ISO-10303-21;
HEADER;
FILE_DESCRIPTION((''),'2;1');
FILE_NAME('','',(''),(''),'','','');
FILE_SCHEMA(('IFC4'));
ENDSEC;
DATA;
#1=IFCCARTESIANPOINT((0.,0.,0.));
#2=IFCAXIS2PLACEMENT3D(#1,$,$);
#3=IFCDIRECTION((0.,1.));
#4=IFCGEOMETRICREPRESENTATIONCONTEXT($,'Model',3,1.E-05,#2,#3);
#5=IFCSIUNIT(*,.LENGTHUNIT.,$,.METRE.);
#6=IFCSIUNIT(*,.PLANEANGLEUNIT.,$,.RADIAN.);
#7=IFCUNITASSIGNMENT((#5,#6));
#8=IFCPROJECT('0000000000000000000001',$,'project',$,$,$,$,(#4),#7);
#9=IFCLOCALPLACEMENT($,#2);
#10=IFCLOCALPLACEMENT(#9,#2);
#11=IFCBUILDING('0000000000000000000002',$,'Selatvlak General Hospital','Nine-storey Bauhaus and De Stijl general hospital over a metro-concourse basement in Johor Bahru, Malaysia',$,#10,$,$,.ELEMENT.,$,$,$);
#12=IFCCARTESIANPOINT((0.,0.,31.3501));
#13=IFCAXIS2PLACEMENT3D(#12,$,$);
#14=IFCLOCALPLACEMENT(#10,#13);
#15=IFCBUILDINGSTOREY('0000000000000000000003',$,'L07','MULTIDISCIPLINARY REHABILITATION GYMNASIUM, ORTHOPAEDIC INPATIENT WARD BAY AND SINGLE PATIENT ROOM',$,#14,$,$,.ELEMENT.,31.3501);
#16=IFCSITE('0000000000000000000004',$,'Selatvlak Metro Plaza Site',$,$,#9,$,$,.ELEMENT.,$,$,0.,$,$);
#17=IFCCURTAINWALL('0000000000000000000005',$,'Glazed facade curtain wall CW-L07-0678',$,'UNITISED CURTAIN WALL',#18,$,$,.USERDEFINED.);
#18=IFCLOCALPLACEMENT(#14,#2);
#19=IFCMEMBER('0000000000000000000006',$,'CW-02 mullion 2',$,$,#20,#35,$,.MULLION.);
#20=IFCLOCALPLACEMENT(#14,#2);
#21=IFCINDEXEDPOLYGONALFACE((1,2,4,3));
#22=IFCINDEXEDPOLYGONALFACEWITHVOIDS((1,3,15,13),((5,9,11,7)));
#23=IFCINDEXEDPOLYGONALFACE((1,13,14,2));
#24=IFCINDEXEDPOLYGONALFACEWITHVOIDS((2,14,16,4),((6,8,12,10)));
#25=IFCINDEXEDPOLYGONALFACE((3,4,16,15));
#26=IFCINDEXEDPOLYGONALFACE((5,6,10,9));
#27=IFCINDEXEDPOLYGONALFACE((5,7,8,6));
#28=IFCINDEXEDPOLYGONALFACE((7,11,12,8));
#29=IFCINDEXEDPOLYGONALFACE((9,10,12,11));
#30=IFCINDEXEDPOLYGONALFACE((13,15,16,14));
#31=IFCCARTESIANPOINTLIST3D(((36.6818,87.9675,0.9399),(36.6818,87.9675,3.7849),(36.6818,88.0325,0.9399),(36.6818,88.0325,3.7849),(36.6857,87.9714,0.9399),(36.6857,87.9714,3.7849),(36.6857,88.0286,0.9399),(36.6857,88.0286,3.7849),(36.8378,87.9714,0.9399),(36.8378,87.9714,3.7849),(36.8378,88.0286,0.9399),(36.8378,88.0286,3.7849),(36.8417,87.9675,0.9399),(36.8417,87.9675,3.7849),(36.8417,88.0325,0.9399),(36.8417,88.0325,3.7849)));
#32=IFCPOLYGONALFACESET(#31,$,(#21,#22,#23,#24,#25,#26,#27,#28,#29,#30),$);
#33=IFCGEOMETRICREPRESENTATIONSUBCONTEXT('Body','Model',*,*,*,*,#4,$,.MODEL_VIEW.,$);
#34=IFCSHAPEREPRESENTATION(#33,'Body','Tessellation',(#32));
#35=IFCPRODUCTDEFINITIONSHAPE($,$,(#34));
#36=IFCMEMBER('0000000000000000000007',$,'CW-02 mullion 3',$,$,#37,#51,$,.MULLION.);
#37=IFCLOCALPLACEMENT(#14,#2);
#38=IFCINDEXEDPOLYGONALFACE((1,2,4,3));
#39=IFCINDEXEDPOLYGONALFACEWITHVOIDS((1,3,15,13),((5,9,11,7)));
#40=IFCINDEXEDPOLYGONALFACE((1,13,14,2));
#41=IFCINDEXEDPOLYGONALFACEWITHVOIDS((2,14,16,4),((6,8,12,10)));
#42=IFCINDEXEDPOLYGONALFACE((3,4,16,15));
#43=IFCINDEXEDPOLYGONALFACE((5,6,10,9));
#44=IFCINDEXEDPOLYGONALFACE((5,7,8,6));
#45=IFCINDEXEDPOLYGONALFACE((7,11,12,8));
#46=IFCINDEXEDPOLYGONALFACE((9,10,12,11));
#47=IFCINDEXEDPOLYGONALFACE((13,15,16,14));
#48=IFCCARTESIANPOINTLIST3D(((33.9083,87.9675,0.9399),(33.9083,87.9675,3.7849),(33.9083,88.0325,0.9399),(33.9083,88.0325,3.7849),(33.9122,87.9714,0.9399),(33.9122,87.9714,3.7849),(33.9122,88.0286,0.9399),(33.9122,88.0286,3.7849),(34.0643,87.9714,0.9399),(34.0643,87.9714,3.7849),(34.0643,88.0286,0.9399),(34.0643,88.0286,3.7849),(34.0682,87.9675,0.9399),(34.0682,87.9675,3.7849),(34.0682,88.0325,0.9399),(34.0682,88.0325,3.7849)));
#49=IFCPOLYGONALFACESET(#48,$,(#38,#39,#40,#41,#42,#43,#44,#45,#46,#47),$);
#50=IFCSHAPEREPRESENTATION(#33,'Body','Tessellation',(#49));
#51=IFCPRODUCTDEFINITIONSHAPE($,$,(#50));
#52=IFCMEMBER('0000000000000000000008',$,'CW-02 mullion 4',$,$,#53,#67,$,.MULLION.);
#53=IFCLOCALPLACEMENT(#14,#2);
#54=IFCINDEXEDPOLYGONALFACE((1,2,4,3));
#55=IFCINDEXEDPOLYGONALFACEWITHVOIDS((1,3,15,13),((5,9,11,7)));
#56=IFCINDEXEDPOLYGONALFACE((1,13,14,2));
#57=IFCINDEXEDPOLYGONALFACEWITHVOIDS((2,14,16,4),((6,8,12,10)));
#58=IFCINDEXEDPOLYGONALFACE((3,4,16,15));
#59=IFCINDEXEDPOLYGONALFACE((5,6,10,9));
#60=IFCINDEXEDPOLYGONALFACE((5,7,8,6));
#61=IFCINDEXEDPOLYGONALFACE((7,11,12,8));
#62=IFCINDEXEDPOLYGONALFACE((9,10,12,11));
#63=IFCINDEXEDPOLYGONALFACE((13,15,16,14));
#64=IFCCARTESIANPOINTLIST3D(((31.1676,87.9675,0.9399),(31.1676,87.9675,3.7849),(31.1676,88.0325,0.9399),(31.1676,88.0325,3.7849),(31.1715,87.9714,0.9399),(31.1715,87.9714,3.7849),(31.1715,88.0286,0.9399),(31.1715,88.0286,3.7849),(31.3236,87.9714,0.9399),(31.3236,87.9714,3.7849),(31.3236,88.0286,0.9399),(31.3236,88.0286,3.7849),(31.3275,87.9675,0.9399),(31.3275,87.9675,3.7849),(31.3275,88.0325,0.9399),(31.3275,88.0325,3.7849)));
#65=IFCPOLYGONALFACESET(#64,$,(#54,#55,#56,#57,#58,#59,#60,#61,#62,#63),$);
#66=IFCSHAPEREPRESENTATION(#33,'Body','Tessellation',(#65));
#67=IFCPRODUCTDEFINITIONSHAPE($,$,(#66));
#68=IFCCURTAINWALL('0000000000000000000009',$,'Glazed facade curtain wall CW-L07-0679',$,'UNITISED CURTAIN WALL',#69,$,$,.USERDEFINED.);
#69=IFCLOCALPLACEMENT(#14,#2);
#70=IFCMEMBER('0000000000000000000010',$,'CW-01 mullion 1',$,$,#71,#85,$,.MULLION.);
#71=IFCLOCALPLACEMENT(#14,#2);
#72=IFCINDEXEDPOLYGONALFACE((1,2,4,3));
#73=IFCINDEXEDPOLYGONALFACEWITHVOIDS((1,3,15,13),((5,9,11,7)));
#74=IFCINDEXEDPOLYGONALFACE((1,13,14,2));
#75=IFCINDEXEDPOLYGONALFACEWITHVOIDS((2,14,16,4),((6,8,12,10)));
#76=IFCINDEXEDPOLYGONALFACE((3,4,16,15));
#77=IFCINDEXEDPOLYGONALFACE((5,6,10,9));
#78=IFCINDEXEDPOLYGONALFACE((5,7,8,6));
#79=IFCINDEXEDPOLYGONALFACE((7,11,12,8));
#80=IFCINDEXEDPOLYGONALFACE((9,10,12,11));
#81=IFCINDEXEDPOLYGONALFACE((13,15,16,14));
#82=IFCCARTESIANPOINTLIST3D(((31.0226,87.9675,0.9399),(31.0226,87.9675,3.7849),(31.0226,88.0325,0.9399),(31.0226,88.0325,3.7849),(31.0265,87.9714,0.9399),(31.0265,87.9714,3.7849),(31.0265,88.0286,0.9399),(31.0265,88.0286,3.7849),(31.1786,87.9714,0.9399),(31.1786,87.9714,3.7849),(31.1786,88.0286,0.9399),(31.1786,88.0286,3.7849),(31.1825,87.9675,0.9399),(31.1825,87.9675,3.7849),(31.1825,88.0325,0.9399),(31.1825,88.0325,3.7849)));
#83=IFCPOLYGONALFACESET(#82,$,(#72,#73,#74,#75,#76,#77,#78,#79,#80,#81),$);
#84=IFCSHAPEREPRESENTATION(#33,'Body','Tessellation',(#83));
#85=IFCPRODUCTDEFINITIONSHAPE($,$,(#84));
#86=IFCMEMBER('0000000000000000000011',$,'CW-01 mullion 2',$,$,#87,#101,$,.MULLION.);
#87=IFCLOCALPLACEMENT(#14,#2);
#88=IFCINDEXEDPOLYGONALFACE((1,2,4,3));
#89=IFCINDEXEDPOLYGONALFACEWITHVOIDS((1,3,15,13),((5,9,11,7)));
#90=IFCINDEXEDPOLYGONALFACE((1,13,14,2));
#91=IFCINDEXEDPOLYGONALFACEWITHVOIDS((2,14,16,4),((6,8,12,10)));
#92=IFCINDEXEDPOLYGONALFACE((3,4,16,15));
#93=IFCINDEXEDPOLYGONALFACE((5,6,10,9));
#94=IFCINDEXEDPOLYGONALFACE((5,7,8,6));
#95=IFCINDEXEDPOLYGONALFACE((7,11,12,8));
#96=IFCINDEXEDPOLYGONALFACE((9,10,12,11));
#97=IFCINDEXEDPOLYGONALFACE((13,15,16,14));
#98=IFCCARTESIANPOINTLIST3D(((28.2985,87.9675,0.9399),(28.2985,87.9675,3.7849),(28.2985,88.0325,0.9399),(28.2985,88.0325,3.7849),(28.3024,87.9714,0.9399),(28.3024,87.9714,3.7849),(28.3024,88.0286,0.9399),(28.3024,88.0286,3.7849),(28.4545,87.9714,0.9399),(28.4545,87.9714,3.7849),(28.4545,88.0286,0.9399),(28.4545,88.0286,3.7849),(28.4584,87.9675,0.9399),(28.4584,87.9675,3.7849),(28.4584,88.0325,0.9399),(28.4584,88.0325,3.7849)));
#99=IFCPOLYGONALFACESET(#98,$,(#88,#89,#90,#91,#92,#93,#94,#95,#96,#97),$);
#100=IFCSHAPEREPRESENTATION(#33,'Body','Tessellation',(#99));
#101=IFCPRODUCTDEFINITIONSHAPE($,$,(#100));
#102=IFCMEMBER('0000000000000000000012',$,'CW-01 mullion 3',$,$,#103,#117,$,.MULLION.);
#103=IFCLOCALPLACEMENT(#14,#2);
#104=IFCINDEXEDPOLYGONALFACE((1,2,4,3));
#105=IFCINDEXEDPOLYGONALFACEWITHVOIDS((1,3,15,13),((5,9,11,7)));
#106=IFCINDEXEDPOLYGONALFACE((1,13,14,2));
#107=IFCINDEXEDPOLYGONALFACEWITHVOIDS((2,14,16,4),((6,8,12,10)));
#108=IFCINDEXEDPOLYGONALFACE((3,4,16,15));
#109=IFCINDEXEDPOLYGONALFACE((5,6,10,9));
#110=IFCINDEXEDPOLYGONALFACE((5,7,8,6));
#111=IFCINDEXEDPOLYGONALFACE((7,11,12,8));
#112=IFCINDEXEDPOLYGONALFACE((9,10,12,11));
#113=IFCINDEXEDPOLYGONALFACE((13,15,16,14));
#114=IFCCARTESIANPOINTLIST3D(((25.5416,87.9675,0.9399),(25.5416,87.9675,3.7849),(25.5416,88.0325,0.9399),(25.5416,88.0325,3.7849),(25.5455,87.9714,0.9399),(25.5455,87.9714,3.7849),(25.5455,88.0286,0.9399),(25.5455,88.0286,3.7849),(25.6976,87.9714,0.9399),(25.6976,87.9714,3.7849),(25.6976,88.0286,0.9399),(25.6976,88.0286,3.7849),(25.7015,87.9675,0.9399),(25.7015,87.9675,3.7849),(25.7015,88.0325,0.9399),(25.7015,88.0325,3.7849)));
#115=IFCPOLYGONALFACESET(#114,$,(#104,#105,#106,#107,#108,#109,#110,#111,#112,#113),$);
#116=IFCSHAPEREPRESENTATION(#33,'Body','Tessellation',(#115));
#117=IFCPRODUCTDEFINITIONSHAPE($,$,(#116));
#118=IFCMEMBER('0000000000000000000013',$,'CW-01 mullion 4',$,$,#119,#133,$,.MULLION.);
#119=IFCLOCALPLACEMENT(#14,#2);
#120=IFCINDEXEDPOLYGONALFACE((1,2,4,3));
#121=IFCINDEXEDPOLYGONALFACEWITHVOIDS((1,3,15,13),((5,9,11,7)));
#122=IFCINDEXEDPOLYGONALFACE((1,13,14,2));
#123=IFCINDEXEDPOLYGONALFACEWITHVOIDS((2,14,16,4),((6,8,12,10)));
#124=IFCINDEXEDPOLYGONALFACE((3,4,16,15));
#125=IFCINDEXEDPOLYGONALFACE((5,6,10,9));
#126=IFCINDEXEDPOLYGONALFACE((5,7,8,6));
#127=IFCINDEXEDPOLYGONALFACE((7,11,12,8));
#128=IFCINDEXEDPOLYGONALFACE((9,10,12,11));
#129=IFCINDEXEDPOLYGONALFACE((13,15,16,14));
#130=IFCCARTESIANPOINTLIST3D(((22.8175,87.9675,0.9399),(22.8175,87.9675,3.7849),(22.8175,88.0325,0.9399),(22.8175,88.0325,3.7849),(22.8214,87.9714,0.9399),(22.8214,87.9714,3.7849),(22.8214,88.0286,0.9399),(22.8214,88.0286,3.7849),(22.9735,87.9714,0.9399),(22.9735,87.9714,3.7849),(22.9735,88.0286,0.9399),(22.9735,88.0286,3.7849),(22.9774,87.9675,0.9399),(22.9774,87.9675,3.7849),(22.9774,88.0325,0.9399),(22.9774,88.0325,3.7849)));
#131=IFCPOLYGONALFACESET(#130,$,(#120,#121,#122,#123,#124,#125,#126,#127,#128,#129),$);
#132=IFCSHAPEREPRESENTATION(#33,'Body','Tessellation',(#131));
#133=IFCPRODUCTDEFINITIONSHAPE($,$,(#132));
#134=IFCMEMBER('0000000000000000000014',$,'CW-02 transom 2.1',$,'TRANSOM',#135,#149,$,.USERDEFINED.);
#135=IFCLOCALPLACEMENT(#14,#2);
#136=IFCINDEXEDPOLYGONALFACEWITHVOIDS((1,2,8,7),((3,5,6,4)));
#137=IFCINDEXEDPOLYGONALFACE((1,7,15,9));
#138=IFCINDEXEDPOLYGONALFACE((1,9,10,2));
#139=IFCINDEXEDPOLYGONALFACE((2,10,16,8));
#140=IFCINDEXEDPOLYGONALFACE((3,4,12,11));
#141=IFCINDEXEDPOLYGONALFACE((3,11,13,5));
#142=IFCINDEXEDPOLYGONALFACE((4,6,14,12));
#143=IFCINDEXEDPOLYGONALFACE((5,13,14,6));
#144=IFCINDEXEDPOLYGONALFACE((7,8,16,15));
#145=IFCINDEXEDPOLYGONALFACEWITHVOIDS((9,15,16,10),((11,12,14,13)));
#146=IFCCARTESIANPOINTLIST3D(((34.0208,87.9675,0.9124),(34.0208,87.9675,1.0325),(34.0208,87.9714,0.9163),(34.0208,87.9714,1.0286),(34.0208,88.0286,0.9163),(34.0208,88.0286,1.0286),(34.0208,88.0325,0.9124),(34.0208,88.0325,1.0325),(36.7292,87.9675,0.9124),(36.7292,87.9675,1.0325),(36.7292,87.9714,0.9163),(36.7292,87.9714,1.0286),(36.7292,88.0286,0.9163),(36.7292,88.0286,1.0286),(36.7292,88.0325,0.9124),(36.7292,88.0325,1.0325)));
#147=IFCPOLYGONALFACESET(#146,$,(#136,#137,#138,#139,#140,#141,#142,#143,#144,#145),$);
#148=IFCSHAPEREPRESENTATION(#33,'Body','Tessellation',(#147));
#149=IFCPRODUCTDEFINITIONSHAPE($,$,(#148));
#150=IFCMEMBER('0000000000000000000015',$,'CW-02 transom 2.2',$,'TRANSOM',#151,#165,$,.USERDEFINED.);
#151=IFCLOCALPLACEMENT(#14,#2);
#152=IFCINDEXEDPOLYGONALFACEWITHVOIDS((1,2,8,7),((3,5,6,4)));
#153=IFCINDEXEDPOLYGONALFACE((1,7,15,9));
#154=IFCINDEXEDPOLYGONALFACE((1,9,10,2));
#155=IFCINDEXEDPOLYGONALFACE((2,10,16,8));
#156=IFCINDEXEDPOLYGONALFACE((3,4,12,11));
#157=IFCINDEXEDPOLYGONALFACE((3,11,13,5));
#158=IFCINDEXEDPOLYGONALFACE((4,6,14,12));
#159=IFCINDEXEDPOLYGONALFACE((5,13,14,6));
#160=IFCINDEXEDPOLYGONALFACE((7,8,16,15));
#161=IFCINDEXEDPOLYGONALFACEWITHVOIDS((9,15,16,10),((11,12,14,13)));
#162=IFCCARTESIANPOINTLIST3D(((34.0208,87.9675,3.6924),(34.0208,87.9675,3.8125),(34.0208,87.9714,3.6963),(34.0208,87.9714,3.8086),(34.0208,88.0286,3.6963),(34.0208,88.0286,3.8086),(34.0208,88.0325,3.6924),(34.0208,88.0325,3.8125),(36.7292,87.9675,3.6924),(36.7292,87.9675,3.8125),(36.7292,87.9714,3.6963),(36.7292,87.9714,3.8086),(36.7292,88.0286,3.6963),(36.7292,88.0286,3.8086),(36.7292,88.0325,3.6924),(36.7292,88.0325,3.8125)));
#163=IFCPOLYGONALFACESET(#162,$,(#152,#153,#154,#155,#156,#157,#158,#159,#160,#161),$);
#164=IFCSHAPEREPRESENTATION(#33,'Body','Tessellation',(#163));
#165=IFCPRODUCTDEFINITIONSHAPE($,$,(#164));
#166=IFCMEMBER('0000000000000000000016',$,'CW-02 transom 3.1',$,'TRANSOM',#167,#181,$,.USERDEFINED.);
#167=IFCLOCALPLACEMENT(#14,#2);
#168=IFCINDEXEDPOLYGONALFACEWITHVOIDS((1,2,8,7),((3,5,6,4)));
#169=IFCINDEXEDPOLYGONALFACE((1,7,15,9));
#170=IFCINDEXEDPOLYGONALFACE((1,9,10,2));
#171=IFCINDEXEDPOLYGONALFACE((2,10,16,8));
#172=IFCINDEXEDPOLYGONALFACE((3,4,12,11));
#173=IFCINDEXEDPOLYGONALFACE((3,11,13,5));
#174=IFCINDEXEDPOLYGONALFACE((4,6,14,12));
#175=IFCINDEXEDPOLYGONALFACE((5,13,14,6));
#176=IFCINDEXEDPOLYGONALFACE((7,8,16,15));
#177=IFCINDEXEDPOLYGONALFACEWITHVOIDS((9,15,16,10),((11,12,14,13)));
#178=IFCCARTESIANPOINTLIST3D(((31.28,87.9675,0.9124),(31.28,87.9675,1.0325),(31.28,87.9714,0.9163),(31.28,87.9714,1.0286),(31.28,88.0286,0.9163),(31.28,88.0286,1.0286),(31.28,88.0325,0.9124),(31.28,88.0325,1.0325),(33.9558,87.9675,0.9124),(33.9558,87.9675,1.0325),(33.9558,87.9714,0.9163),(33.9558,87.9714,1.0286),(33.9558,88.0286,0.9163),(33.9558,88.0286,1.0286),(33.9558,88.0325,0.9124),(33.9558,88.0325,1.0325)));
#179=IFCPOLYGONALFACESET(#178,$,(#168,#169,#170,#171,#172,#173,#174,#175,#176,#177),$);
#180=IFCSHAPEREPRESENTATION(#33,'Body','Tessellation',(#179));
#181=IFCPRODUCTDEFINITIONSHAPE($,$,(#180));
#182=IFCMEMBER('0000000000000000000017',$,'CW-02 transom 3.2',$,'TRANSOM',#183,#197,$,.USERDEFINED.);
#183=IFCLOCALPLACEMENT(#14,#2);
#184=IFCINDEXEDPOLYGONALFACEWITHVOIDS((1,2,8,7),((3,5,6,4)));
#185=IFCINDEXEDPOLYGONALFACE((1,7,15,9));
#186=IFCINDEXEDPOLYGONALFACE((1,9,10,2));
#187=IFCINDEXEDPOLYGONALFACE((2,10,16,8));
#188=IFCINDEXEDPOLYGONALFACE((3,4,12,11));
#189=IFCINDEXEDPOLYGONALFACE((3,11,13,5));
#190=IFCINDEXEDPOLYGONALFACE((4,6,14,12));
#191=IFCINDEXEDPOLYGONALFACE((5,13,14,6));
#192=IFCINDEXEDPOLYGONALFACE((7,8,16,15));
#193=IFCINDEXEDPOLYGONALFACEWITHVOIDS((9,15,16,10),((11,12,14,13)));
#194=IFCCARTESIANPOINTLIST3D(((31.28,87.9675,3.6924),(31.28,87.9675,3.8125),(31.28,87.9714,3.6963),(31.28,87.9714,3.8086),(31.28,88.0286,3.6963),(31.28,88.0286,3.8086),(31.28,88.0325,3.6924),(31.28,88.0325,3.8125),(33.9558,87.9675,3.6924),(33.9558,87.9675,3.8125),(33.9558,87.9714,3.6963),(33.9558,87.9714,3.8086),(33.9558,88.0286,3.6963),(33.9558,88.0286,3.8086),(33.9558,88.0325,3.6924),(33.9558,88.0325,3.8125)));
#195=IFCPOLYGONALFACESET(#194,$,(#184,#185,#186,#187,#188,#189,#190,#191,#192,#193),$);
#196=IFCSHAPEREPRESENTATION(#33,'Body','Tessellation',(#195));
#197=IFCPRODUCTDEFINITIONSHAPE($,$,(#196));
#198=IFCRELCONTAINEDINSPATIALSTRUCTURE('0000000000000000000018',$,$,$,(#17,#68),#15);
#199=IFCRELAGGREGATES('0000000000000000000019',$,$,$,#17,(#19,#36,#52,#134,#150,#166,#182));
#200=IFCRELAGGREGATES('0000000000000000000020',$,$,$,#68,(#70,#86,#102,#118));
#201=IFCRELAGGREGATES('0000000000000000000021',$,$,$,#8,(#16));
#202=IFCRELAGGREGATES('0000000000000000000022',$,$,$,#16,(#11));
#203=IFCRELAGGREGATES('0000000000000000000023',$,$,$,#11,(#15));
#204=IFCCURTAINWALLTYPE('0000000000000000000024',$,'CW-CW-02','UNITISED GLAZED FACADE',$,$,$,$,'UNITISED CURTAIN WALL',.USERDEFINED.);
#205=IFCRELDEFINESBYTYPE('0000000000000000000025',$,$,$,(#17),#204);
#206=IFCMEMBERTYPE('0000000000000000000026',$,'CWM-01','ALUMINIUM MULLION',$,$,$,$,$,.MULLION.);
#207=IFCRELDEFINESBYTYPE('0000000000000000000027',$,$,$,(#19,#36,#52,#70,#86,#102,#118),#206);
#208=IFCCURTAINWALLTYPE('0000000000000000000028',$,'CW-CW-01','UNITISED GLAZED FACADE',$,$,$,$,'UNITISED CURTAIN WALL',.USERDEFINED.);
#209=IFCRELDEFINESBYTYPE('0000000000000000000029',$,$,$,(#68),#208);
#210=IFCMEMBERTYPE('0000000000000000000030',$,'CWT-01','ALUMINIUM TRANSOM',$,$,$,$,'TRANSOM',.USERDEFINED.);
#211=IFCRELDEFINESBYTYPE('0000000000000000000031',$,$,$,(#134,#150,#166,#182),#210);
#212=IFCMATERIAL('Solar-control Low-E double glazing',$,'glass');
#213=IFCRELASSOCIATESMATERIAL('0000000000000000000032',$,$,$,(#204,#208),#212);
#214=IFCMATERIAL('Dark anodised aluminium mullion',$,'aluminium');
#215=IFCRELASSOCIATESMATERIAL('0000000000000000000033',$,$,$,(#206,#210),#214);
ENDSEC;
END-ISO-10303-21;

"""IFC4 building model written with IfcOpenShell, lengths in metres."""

from ifc_helpers import new_model, si_unit, direction, frame, origin, origin_2d, place, context, subcontext, project, spatial, hollow_rectangle, extrude, material, material_profile, profile_set, type_object, element, aggregate, save


model = new_model("IFC4")

# Units and contexts
model_context = context("Model", 3, precision=1e-05, world=origin(), true_north=direction((0.0, 1.0)))
body_context = subcontext(model_context, "Body", "Model", "MODEL_VIEW")
ifc_project = project(units=[si_unit("LENGTHUNIT", "METRE"), si_unit("PLANEANGLEUNIT", "RADIAN")], contexts=[model_context])

# Site, building, storey
site_placement = place(None, origin())
site = spatial("IfcSite", under=ifc_project, at=site_placement, Name="Selatvlak Metro Plaza Site", CompositionType="ELEMENT", RefElevation=0.0)
building_placement = place(site_placement, origin())
building = spatial("IfcBuilding", under=site, at=building_placement, Name="Selatvlak General Hospital", Description="Nine-storey Bauhaus and De Stijl general hospital over a metro-concourse basement in Johor Bahru, Malaysia", CompositionType="ELEMENT")
storey_placement = place(building_placement, frame((0.0, 0.0, 31.3501)))
storey = spatial("IfcBuildingStorey", under=building, at=storey_placement, Name="L07", Description="MULTIDISCIPLINARY REHABILITATION GYMNASIUM, ORTHOPAEDIC INPATIENT WARD BAY AND SINGLE PATIENT ROOM", CompositionType="ELEMENT", Elevation=31.3501)

# Curtain walls, members
ifc_material_1 = material(Name="Solar-control Low-E double glazing", Category="glass")
curtain_wall_type_1 = type_object("IfcCurtainWallType", Name="CW-CW-02", Description="UNITISED GLAZED FACADE", ElementType="UNITISED CURTAIN WALL", PredefinedType="USERDEFINED", material=ifc_material_1)
curtain_wall_1_placement = place(storey_placement, origin())
curtain_wall_1 = element("IfcCurtainWall", 1, at=curtain_wall_1_placement, inside=storey, type_object=curtain_wall_type_1, Name="Glazed facade curtain wall CW-L07-0678", ObjectType="UNITISED CURTAIN WALL", PredefinedType="USERDEFINED")
ifc_material_2 = material(Name="Dark anodised aluminium mullion", Category="aluminium")
ifc_material_profile_1 = material_profile(ifc_material_2, hollow_rectangle(XDim=0.0649, YDim=0.1599, WallThickness=0.0039, at=origin_2d()), Name="AL-MUL 65x160x4")
ifc_profile_set_1 = profile_set([ifc_material_profile_1], Name="Dark anodised aluminium mullion")
member_type_1 = type_object("IfcMemberType", Name="CWM-01", Description="ALUMINIUM MULLION", PredefinedType="MULLION", material=ifc_profile_set_1)
member_1_placement = place(storey_placement, frame((36.7617, 88.0, 0.9399), z_axis=(0.0, 0.0, 1.0), x_axis=(0.0, -1.0, 0.0)))
member_1 = element("IfcMember", 2, at=member_1_placement, type_object=member_type_1, Name="CW-02 mullion 2", PredefinedType="MULLION", context=body_context, shape_type="SweptSolid", body=[
    extrude(hollow_rectangle(XDim=0.0649, YDim=0.1599, WallThickness=0.0039, at=origin_2d()), origin(), (0.0, 0.0, 1.0), 2.845),
])
member_2_placement = place(storey_placement, frame((33.9883, 88.0, 0.9399), z_axis=(0.0, 0.0, 1.0), x_axis=(0.0, -1.0, 0.0)))
member_2 = element("IfcMember", 3, at=member_2_placement, type_object=member_type_1, Name="CW-02 mullion 3", PredefinedType="MULLION", context=body_context, shape_type="SweptSolid", body=[
    extrude(hollow_rectangle(XDim=0.0649, YDim=0.1599, WallThickness=0.0039, at=origin_2d()), origin(), (0.0, 0.0, 1.0), 2.845),
])
member_3_placement = place(storey_placement, frame((31.2476, 88.0, 0.9399), z_axis=(0.0, 0.0, 1.0), x_axis=(0.0, -1.0, 0.0)))
member_3 = element("IfcMember", 4, at=member_3_placement, type_object=member_type_1, Name="CW-02 mullion 4", PredefinedType="MULLION", context=body_context, shape_type="SweptSolid", body=[
    extrude(hollow_rectangle(XDim=0.0649, YDim=0.1599, WallThickness=0.0039, at=origin_2d()), origin(), (0.0, 0.0, 1.0), 2.845),
])
curtain_wall_type_2 = type_object("IfcCurtainWallType", Name="CW-CW-01", Description="UNITISED GLAZED FACADE", ElementType="UNITISED CURTAIN WALL", PredefinedType="USERDEFINED", material=ifc_material_1)
curtain_wall_2_placement = place(storey_placement, origin())
curtain_wall_2 = element("IfcCurtainWall", 5, at=curtain_wall_2_placement, inside=storey, type_object=curtain_wall_type_2, Name="Glazed facade curtain wall CW-L07-0679", ObjectType="UNITISED CURTAIN WALL", PredefinedType="USERDEFINED")
member_4_placement = place(storey_placement, frame((31.1025, 88.0, 0.9399), z_axis=(0.0, 0.0, 1.0), x_axis=(0.0, -1.0, 0.0)))
member_4 = element("IfcMember", 6, at=member_4_placement, type_object=member_type_1, Name="CW-01 mullion 1", PredefinedType="MULLION", context=body_context, shape_type="SweptSolid", body=[
    extrude(hollow_rectangle(XDim=0.0649, YDim=0.1599, WallThickness=0.0039, at=origin_2d()), origin(), (0.0, 0.0, 1.0), 2.845),
])
member_5_placement = place(storey_placement, frame((28.3784, 88.0, 0.9399), z_axis=(0.0, 0.0, 1.0), x_axis=(0.0, -1.0, 0.0)))
member_5 = element("IfcMember", 7, at=member_5_placement, type_object=member_type_1, Name="CW-01 mullion 2", PredefinedType="MULLION", context=body_context, shape_type="SweptSolid", body=[
    extrude(hollow_rectangle(XDim=0.0649, YDim=0.1599, WallThickness=0.0039, at=origin_2d()), origin(), (0.0, 0.0, 1.0), 2.845),
])
member_6_placement = place(storey_placement, frame((25.6216, 88.0, 0.9399), z_axis=(0.0, 0.0, 1.0), x_axis=(0.0, -1.0, 0.0)))
member_6 = element("IfcMember", 8, at=member_6_placement, type_object=member_type_1, Name="CW-01 mullion 3", PredefinedType="MULLION", context=body_context, shape_type="SweptSolid", body=[
    extrude(hollow_rectangle(XDim=0.0649, YDim=0.1599, WallThickness=0.0039, at=origin_2d()), origin(), (0.0, 0.0, 1.0), 2.845),
])
member_7_placement = place(storey_placement, frame((22.8975, 88.0, 0.9399), z_axis=(0.0, 0.0, 1.0), x_axis=(0.0, -1.0, 0.0)))
member_7 = element("IfcMember", 9, at=member_7_placement, type_object=member_type_1, Name="CW-01 mullion 4", PredefinedType="MULLION", context=body_context, shape_type="SweptSolid", body=[
    extrude(hollow_rectangle(XDim=0.0649, YDim=0.1599, WallThickness=0.0039, at=origin_2d()), origin(), (0.0, 0.0, 1.0), 2.845),
])

# Members
ifc_material_profile_2 = material_profile(ifc_material_2, hollow_rectangle(XDim=0.0649, YDim=0.1201, WallThickness=0.0039, at=origin_2d()), Name="AL-TRN 65x120x4")
ifc_profile_set_2 = profile_set([ifc_material_profile_2], Name="Dark anodised aluminium mullion")
member_type_2 = type_object("IfcMemberType", Name="CWT-01", Description="ALUMINIUM TRANSOM", ElementType="TRANSOM", PredefinedType="USERDEFINED", material=ifc_profile_set_2)
member_8_placement = place(storey_placement, frame((36.7292, 88.0, 0.9724), z_axis=(-1.0, 0.0, 0.0), x_axis=(0.0, -1.0, 0.0)))
member_8 = element("IfcMember", 10, at=member_8_placement, type_object=member_type_2, Name="CW-02 transom 2.1", ObjectType="TRANSOM", PredefinedType="USERDEFINED", context=body_context, shape_type="SweptSolid", body=[
    extrude(hollow_rectangle(XDim=0.0649, YDim=0.1201, WallThickness=0.0039, at=origin_2d()), origin(), (0.0, 0.0, 1.0), 2.7085),
])
member_9_placement = place(storey_placement, frame((36.7292, 88.0, 3.7524), z_axis=(-1.0, 0.0, 0.0), x_axis=(0.0, -1.0, 0.0)))
member_9 = element("IfcMember", 11, at=member_9_placement, type_object=member_type_2, Name="CW-02 transom 2.2", ObjectType="TRANSOM", PredefinedType="USERDEFINED", context=body_context, shape_type="SweptSolid", body=[
    extrude(hollow_rectangle(XDim=0.0649, YDim=0.1201, WallThickness=0.0039, at=origin_2d()), origin(), (0.0, 0.0, 1.0), 2.7085),
])
member_10_placement = place(storey_placement, frame((33.9558, 88.0, 0.9724), z_axis=(-1.0, 0.0, 0.0), x_axis=(0.0, -1.0, 0.0)))
member_10 = element("IfcMember", 12, at=member_10_placement, type_object=member_type_2, Name="CW-02 transom 3.1", ObjectType="TRANSOM", PredefinedType="USERDEFINED", context=body_context, shape_type="SweptSolid", body=[
    extrude(hollow_rectangle(XDim=0.0649, YDim=0.1201, WallThickness=0.0039, at=origin_2d()), origin(), (0.0, 0.0, 1.0), 2.6758),
])
member_11_placement = place(storey_placement, frame((33.9558, 88.0, 3.7524), z_axis=(-1.0, 0.0, 0.0), x_axis=(0.0, -1.0, 0.0)))
member_11 = element("IfcMember", 13, at=member_11_placement, type_object=member_type_2, Name="CW-02 transom 3.2", ObjectType="TRANSOM", PredefinedType="USERDEFINED", context=body_context, shape_type="SweptSolid", body=[
    extrude(hollow_rectangle(XDim=0.0649, YDim=0.1201, WallThickness=0.0039, at=origin_2d()), origin(), (0.0, 0.0, 1.0), 2.6758),
])

aggregate(curtain_wall_1, [member_1, member_2, member_3, member_8, member_9, member_10, member_11])
aggregate(curtain_wall_2, [member_4, member_5, member_6, member_7])

save(model, "model.ifc")
